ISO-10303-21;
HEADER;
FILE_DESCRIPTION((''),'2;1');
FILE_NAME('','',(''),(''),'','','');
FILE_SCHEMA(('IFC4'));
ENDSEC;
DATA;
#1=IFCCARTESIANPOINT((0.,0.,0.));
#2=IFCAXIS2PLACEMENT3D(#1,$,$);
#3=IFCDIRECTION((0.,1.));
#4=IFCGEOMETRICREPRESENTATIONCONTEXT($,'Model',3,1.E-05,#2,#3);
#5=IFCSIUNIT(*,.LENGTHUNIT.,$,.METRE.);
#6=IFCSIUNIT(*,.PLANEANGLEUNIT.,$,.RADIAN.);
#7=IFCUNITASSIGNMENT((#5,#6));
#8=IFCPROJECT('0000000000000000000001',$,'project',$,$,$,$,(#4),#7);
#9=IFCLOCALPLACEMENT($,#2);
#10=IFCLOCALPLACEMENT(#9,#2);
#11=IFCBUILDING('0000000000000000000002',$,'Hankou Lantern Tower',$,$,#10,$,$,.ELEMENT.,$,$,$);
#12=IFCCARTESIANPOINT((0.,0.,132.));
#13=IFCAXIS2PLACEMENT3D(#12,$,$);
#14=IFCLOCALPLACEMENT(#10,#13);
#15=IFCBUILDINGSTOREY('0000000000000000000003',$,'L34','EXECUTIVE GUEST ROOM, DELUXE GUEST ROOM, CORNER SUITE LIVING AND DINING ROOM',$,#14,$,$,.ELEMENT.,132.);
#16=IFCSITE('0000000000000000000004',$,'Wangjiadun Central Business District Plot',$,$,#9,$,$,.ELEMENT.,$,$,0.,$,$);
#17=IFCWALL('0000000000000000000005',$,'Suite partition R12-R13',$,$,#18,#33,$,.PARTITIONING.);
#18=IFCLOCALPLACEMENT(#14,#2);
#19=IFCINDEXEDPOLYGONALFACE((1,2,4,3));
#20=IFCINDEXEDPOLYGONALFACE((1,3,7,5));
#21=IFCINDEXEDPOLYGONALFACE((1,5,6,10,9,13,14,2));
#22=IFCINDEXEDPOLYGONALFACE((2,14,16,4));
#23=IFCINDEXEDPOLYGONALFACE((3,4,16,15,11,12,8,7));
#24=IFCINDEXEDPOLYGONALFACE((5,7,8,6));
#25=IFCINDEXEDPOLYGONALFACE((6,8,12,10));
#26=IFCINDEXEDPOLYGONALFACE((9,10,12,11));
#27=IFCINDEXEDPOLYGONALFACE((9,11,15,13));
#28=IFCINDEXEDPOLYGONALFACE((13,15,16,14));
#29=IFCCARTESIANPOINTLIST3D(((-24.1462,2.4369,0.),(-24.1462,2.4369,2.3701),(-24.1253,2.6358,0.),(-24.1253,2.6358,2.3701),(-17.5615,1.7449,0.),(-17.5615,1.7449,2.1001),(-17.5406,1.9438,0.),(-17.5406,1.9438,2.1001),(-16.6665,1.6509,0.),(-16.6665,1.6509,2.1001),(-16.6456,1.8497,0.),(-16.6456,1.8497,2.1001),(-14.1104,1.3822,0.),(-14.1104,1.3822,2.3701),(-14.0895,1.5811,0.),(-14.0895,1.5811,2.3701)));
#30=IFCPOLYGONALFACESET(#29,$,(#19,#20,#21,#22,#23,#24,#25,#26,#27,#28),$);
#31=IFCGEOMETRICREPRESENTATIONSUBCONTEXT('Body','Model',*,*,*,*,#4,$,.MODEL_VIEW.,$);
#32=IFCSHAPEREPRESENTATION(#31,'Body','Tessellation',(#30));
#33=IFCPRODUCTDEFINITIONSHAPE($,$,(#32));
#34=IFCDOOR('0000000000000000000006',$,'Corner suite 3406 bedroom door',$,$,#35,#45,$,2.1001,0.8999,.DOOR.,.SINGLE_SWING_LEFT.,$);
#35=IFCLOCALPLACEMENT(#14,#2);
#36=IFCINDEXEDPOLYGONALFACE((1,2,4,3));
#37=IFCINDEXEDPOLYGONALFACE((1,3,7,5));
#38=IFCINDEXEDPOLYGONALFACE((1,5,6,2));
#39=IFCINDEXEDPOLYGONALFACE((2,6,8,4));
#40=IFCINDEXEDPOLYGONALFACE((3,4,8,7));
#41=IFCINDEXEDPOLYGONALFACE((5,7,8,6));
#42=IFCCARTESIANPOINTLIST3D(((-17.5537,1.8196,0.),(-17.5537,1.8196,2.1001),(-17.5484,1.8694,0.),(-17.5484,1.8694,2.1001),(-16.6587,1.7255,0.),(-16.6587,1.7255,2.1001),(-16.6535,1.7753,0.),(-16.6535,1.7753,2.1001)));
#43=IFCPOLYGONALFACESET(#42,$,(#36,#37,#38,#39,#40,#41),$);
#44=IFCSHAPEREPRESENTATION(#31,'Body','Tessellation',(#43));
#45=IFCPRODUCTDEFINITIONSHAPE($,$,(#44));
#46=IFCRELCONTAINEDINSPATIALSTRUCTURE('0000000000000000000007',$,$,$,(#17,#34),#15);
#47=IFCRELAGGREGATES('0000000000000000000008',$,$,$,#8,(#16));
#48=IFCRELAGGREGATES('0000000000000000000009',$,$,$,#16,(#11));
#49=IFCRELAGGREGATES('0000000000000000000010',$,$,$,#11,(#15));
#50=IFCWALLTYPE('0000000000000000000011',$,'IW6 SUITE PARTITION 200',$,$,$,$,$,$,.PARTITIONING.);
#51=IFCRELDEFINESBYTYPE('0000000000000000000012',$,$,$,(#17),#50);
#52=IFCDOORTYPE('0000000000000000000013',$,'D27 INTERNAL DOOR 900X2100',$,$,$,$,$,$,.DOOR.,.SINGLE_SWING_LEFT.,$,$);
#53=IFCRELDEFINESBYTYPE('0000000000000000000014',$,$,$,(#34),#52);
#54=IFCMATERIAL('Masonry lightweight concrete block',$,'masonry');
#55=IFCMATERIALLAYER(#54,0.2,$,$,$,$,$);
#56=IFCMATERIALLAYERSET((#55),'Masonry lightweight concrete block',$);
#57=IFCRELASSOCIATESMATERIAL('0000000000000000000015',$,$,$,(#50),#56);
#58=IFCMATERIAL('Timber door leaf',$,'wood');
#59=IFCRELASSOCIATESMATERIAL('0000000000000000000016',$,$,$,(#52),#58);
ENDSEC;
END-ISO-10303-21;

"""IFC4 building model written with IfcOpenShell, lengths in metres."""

from ifc_helpers import new_model, si_unit, direction, frame, frame_2d, origin, place, context, subcontext, project, spatial, rectangle, extrude, material, layer, layer_set, type_object, element, fill, save


model = new_model("IFC4")

# Units and contexts
model_context = context("Model", 3, precision=1e-05, world=origin(), true_north=direction((0.0, 1.0)))
body_context = subcontext(model_context, "Body", "Model", "MODEL_VIEW")
ifc_project = project(units=[si_unit("LENGTHUNIT", "METRE"), si_unit("PLANEANGLEUNIT", "RADIAN")], contexts=[model_context])

# Site, building, storey
site_placement = place(None, origin())
site = spatial("IfcSite", under=ifc_project, at=site_placement, Name="Wangjiadun Central Business District Plot", CompositionType="ELEMENT", RefElevation=0.0)
building_placement = place(site_placement, origin())
building = spatial("IfcBuilding", under=site, at=building_placement, Name="Hankou Lantern Tower", CompositionType="ELEMENT")
storey_placement = place(building_placement, frame((0.0, 0.0, 132.0)))
storey = spatial("IfcBuildingStorey", under=building, at=storey_placement, Name="L34", Description="EXECUTIVE GUEST ROOM, DELUXE GUEST ROOM, CORNER SUITE LIVING AND DINING ROOM", CompositionType="ELEMENT", Elevation=132.0)

# Wall, opening, door
ifc_material_1 = material(Name="Masonry lightweight concrete block", Category="masonry")
ifc_layer_1 = layer(ifc_material_1, 0.2)
ifc_layer_set_1 = layer_set([ifc_layer_1], Name="Masonry lightweight concrete block")
wall_type_1 = type_object("IfcWallType", Name="IW6 SUITE PARTITION 200", PredefinedType="PARTITIONING", material=ifc_layer_set_1)
wall_1_placement = place(storey_placement, frame((-14.1001, 1.4817, 0.0), z_axis=(0.0, 0.0, 1.0), x_axis=(-0.994523, 0.104516, 0.0)))
wall_1 = element("IfcWall", 1, at=wall_1_placement, inside=storey, type_object=wall_type_1, Name="Suite partition R12-R13", PredefinedType="PARTITIONING", context=body_context, shape_type="SweptSolid", body=[
    extrude(rectangle(XDim=10.0911, YDim=0.2, at=frame_2d((5.0454, 0.0))), origin(), (0.0, 0.0, 1.0), 2.3701),
])
opening_1_placement = place(wall_1_placement, frame((2.5701, 0.0, 0.0)))
opening_1 = element("IfcOpeningElement", 2, at=opening_1_placement, cuts=wall_1, PredefinedType="OPENING", context=body_context, shape_type="SweptSolid", body=[
    extrude(rectangle(XDim=0.8999, YDim=2.1001, at=frame_2d((0.45, 1.05))), frame((0.0, 0.1099, 0.0), z_axis=(0.0, -1.0, 0.0), x_axis=(1.0, 0.0, 0.0)), (0.0, 0.0, 1.0), 0.22),
])
ifc_material_2 = material(Name="Timber door leaf", Category="wood")
door_type_1 = type_object("IfcDoorType", Name="D27 INTERNAL DOOR 900X2100", OperationType="SINGLE_SWING_LEFT", PredefinedType="DOOR", material=ifc_material_2)
door_1_placement = place(opening_1_placement, origin())
door_1 = element("IfcDoor", 3, at=door_1_placement, inside=storey, type_object=door_type_1, Name="Corner suite 3406 bedroom door", OperationType="SINGLE_SWING_LEFT", OverallHeight=2.1001, OverallWidth=0.8999, PredefinedType="DOOR", context=body_context, shape_type="SweptSolid", body=[
    extrude(rectangle(XDim=0.8999, YDim=2.1001, at=frame_2d((0.45, 1.05))), frame((0.0, 0.0249, 0.0), z_axis=(0.0, -1.0, 0.0), x_axis=(1.0, 0.0, 0.0)), (0.0, 0.0, 1.0), 0.05),
])
fill(opening_1, door_1)

save(model, "model.ifc")
